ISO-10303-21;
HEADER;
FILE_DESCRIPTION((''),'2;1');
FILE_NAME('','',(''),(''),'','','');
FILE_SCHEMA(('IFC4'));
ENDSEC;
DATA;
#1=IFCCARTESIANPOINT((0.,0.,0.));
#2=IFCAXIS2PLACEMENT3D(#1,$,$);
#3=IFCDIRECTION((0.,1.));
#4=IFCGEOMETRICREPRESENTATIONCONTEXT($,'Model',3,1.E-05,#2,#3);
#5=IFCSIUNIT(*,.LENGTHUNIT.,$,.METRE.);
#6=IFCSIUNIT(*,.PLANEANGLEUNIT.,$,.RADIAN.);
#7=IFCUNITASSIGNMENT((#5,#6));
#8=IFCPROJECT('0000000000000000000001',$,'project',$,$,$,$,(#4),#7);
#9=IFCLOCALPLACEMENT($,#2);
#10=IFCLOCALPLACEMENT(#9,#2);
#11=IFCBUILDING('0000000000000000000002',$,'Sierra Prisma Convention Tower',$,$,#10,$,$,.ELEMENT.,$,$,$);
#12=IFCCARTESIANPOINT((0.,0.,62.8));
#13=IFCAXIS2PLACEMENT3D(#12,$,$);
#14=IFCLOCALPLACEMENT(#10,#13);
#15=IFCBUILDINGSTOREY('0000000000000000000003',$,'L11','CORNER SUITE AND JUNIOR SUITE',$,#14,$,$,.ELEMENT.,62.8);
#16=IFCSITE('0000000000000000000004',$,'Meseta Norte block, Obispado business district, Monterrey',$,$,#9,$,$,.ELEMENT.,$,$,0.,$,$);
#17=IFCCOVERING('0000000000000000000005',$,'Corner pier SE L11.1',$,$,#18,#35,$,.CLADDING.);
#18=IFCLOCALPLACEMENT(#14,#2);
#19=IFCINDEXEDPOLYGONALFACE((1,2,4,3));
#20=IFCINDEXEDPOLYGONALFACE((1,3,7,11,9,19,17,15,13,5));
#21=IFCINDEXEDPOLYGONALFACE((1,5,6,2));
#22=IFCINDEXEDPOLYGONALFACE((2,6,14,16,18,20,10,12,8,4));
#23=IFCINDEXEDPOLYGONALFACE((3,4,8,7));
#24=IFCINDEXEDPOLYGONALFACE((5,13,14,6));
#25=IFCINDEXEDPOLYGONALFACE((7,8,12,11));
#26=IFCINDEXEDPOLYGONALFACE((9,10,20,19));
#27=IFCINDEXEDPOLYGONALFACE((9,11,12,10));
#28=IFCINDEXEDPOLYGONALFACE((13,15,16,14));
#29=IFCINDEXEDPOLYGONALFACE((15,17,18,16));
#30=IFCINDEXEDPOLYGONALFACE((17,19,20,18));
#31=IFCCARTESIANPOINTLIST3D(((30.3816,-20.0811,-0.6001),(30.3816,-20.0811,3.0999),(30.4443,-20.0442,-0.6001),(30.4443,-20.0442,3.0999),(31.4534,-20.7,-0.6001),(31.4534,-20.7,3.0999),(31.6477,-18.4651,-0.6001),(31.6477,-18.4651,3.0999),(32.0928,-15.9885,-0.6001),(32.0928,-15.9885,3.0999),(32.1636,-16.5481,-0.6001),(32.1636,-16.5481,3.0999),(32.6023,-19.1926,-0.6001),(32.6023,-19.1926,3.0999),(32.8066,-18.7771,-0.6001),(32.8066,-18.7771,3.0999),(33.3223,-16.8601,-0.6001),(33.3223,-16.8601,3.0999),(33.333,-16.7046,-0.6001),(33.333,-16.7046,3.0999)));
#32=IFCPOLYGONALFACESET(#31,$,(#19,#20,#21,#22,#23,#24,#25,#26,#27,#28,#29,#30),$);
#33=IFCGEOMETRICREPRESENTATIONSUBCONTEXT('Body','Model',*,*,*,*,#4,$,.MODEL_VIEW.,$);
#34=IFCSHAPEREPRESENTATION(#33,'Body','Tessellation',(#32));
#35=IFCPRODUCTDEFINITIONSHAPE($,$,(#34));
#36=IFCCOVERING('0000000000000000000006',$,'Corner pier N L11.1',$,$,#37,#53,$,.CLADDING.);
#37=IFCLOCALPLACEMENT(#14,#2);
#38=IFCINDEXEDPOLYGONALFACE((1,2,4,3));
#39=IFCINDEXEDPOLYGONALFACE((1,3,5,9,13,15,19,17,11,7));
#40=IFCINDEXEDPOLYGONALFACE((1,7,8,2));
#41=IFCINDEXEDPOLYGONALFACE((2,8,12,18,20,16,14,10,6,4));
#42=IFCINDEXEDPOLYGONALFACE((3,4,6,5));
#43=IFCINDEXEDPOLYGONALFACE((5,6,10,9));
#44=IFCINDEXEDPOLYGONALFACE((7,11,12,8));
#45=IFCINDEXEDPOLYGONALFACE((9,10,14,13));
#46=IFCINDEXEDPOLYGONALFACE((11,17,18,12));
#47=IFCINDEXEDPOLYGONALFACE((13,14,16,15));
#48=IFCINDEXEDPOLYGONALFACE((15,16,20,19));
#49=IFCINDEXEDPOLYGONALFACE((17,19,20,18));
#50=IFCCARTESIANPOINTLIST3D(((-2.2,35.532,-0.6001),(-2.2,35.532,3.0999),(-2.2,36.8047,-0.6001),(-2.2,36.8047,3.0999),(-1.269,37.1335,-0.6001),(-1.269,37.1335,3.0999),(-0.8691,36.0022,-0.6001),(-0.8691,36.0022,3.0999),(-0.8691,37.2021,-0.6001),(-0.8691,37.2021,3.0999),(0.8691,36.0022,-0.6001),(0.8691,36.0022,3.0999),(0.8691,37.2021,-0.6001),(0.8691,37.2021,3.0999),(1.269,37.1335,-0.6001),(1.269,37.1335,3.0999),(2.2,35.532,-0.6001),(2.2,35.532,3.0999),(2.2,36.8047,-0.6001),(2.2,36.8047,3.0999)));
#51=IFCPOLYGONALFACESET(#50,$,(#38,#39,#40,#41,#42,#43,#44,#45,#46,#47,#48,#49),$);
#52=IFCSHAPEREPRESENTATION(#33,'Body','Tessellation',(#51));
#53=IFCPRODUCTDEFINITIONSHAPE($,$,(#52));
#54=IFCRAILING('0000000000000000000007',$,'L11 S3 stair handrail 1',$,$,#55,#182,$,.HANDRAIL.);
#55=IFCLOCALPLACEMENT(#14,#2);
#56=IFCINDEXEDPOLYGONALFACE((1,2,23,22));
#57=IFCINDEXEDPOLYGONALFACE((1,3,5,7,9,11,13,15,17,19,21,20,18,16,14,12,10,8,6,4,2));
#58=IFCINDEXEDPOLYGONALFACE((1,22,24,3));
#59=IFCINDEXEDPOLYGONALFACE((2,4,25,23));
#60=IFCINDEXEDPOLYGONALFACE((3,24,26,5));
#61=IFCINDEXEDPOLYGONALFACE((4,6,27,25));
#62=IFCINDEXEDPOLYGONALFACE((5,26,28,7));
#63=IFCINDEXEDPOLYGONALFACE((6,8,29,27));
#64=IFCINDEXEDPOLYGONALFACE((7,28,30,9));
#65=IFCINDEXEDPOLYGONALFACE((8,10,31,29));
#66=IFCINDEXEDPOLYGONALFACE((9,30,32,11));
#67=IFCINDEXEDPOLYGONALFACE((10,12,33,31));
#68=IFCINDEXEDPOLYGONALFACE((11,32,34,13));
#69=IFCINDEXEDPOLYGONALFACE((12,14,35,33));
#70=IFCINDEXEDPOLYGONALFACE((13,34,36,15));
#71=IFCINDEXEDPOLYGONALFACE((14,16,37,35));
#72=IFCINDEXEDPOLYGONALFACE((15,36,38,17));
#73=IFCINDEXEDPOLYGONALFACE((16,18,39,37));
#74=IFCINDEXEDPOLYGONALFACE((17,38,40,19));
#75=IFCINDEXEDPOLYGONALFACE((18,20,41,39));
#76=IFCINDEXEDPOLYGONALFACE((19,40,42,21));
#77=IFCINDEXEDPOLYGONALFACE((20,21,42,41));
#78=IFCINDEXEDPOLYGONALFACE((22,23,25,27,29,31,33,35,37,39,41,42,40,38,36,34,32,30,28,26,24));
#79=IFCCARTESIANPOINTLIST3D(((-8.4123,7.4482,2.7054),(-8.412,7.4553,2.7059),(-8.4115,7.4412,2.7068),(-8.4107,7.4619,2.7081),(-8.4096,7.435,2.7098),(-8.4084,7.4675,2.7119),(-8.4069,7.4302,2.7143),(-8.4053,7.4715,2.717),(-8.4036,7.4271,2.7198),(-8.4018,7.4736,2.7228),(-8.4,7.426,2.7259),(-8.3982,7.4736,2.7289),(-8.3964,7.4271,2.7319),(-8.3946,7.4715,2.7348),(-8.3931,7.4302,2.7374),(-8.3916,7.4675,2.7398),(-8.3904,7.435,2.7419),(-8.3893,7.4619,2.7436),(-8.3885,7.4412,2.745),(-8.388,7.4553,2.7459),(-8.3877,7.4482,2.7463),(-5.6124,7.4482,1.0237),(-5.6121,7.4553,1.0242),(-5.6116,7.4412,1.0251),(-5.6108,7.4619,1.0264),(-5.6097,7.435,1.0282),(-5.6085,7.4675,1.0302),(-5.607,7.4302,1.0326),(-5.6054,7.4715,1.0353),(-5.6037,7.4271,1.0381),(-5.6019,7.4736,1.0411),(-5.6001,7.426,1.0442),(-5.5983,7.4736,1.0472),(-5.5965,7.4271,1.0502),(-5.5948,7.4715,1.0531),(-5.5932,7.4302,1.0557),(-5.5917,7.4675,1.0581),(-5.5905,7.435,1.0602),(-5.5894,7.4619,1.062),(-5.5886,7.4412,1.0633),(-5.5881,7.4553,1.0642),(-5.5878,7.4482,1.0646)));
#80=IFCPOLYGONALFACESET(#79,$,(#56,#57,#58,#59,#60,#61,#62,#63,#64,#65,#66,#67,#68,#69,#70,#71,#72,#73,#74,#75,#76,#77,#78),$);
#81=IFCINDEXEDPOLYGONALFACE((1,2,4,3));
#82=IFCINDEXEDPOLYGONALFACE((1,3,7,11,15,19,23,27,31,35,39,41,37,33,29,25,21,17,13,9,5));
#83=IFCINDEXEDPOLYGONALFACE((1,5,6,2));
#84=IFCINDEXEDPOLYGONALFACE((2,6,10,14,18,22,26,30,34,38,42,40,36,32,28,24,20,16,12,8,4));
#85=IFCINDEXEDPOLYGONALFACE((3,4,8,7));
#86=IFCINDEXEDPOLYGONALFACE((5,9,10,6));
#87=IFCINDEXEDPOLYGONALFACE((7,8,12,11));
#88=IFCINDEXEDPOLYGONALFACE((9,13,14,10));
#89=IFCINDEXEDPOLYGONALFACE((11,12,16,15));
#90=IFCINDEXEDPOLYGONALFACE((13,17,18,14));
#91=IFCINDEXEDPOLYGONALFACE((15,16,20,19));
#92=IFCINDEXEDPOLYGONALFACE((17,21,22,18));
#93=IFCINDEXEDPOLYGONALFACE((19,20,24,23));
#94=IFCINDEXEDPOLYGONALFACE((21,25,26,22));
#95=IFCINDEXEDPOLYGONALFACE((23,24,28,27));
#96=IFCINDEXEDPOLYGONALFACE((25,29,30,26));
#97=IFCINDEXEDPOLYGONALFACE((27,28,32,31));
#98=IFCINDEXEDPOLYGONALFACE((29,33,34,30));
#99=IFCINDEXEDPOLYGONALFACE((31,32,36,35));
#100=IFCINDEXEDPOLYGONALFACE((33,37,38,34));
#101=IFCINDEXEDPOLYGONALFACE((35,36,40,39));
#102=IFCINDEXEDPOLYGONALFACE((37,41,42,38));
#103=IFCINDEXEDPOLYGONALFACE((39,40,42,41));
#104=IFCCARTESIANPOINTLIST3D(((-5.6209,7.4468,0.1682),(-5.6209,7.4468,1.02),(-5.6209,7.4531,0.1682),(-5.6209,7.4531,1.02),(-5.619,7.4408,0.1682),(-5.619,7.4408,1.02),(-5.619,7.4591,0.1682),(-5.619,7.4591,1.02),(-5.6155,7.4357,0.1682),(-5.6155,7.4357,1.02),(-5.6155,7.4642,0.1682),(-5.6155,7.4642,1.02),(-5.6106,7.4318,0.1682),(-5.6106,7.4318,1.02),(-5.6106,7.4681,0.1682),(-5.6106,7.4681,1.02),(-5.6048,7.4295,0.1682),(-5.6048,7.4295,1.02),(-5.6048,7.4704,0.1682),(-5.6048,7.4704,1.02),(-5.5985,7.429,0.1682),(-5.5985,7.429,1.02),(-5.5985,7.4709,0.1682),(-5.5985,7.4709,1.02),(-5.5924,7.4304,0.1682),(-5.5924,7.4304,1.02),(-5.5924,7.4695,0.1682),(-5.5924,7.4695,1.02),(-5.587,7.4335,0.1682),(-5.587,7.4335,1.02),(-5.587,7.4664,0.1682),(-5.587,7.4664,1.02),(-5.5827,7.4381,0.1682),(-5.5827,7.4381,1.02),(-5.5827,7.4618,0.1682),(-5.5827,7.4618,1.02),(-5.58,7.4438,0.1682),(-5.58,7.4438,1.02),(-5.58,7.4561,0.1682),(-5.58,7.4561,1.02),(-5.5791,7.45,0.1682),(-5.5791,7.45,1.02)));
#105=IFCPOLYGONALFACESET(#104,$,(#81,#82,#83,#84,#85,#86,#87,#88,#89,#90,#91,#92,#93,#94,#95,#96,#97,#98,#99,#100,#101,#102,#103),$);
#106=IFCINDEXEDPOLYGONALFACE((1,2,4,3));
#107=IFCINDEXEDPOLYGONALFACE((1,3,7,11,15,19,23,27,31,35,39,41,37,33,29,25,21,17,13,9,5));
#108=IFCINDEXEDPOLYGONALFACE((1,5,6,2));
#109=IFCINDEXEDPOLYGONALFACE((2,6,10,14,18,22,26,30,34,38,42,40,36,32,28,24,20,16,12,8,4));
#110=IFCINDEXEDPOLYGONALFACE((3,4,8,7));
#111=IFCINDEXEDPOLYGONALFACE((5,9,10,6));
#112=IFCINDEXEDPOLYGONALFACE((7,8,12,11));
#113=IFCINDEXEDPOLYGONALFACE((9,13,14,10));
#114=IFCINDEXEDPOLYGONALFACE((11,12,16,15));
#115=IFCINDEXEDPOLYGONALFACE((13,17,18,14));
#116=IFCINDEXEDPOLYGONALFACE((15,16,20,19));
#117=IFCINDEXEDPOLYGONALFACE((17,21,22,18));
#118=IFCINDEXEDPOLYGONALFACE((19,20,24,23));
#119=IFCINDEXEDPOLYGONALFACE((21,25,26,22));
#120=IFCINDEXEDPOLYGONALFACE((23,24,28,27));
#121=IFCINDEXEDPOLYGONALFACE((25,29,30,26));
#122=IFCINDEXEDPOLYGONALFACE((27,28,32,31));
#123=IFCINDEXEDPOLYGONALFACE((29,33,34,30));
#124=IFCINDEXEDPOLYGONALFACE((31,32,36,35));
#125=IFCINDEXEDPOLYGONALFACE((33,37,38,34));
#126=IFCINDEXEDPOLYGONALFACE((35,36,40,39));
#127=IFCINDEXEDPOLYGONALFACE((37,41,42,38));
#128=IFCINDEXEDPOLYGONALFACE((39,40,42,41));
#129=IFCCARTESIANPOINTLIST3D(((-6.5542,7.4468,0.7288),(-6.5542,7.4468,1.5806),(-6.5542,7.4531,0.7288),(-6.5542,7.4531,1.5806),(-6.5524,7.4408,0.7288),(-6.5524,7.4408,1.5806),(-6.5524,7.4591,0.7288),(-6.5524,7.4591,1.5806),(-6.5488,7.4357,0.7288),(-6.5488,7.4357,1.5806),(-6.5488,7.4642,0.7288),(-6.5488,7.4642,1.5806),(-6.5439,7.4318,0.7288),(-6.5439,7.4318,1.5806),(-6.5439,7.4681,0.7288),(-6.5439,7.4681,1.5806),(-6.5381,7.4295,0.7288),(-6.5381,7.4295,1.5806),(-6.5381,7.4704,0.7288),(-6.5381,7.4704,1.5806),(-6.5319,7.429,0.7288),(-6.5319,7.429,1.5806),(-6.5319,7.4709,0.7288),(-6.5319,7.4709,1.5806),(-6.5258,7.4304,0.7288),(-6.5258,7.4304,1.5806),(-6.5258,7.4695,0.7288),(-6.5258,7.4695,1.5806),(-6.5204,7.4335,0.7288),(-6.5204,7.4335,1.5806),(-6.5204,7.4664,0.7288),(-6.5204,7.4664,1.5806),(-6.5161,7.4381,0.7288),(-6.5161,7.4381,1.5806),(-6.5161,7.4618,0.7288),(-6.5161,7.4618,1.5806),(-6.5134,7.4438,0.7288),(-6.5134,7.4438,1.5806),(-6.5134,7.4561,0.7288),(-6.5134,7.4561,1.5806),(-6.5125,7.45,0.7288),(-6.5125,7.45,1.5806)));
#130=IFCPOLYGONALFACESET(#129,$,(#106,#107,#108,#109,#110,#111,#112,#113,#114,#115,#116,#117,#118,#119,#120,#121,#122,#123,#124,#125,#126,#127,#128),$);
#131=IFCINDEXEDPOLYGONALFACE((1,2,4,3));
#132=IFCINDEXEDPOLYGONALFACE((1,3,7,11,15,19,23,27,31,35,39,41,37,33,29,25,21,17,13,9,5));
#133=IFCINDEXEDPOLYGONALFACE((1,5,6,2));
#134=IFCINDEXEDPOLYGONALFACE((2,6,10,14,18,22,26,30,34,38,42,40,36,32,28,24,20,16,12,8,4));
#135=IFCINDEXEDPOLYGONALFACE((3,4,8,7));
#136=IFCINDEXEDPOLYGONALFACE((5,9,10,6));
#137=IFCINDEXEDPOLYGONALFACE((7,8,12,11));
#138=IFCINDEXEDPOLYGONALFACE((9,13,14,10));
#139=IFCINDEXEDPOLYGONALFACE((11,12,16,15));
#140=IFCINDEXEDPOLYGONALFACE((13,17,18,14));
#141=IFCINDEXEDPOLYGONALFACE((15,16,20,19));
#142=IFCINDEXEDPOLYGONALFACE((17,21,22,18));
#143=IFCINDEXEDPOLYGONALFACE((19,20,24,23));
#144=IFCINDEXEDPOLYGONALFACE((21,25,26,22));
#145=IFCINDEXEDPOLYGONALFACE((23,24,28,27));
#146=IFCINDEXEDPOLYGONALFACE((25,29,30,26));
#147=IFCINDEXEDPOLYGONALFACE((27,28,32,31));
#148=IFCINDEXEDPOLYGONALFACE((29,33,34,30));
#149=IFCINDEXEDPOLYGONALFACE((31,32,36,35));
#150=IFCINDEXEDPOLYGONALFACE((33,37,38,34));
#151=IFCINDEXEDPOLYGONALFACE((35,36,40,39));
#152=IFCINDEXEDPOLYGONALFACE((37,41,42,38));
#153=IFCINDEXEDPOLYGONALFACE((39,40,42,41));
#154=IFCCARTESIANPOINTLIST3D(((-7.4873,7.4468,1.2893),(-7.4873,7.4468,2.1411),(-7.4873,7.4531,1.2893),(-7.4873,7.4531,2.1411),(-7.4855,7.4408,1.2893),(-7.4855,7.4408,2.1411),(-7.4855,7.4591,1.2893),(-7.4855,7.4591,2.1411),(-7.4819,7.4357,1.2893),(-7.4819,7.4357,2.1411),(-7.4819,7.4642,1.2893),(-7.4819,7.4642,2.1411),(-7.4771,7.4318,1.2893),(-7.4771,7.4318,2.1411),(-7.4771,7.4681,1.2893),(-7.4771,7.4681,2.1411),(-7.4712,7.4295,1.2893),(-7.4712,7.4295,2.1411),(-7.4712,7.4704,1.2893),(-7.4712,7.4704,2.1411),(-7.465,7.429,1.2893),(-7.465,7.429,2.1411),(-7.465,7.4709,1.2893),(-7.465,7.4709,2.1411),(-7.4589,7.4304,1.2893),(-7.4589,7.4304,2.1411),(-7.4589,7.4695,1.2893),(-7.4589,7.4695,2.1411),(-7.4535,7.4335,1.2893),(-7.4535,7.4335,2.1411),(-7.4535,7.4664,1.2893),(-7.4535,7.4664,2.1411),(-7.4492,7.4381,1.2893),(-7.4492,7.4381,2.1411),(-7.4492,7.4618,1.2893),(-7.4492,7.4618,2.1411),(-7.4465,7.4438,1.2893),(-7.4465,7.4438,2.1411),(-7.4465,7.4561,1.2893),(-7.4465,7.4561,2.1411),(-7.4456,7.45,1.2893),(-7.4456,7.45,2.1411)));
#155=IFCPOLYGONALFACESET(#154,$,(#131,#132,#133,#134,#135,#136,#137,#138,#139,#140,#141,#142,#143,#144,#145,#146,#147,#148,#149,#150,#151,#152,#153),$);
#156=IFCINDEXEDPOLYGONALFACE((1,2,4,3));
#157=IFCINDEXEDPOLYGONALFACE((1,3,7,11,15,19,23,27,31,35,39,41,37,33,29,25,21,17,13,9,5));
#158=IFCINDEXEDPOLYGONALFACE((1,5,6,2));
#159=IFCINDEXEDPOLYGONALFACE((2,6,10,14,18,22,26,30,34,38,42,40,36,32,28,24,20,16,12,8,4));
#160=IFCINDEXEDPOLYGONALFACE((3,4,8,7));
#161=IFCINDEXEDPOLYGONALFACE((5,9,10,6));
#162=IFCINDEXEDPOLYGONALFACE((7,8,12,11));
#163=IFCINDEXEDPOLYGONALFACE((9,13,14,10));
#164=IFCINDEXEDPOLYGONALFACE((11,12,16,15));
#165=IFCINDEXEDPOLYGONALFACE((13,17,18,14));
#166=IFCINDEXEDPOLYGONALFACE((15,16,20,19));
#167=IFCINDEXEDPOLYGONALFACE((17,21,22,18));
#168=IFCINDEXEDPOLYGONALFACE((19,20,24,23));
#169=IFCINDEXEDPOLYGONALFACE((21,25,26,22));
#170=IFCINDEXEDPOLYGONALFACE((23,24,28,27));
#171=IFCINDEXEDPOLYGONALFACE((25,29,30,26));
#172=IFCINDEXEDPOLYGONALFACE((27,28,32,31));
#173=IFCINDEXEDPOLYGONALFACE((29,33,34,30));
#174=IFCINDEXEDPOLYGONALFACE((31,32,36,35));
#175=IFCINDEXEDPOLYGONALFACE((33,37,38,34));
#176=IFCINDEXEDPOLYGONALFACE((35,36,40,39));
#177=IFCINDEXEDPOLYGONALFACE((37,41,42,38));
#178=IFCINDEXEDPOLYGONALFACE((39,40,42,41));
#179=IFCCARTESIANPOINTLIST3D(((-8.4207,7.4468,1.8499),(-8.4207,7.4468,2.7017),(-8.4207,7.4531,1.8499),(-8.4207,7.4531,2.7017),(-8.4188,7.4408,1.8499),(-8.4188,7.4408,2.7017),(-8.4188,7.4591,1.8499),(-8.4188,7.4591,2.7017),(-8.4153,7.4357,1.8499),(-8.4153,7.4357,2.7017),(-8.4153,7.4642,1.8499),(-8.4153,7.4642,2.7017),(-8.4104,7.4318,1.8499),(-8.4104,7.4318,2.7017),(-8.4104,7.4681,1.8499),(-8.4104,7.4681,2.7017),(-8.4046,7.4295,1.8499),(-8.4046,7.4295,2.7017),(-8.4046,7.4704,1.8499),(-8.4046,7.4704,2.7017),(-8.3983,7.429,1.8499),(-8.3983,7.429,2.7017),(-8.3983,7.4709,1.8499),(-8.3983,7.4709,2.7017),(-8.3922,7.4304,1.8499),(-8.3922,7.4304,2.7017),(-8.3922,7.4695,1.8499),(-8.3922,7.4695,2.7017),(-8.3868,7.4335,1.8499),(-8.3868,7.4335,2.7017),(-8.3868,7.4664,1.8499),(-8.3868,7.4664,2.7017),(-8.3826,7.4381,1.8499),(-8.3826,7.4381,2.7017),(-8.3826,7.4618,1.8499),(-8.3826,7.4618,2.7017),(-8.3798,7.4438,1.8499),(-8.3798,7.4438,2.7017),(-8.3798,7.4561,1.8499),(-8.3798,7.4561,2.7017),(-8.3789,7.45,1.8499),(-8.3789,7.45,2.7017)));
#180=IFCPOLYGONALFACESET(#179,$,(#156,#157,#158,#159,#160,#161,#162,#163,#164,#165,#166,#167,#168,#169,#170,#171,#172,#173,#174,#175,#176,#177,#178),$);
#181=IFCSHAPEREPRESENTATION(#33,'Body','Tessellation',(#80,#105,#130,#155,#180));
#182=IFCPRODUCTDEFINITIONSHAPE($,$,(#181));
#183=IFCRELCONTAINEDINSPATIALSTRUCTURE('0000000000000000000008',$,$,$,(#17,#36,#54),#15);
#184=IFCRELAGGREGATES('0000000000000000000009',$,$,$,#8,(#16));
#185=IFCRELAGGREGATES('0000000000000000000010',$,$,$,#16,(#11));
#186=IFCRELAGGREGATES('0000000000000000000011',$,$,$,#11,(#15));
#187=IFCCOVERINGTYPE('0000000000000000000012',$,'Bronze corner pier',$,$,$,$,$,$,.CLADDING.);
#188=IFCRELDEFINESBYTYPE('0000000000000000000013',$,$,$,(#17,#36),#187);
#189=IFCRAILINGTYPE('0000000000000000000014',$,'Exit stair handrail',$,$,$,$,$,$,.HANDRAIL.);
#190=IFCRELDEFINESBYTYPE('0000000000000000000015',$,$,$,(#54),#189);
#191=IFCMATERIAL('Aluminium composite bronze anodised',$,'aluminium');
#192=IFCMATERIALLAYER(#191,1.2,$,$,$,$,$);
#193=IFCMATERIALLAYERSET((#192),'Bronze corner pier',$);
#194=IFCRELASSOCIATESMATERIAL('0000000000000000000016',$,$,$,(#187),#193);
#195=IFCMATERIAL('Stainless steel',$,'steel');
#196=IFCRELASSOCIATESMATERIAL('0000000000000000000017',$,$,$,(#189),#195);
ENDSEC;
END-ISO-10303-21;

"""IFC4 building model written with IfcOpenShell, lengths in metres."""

from ifc_helpers import new_model, si_unit, direction, frame, origin, origin_2d, place, context, subcontext, project, spatial, polyline, circle, outline, extrude, material, layer, layer_set, type_object, element, save


model = new_model("IFC4")

# Units and contexts
model_context = context("Model", 3, precision=1e-05, world=origin(), true_north=direction((0.0, 1.0)))
body_context = subcontext(model_context, "Body", "Model", "MODEL_VIEW")
ifc_project = project(units=[si_unit("LENGTHUNIT", "METRE"), si_unit("PLANEANGLEUNIT", "RADIAN")], contexts=[model_context])

# Site, building, storey
site_placement = place(None, origin())
site = spatial("IfcSite", under=ifc_project, at=site_placement, Name="Meseta Norte block, Obispado business district, Monterrey", CompositionType="ELEMENT", RefElevation=0.0)
building_placement = place(site_placement, origin())
building = spatial("IfcBuilding", under=site, at=building_placement, Name="Sierra Prisma Convention Tower", CompositionType="ELEMENT")
storey_placement = place(building_placement, frame((0.0, 0.0, 62.8)))
storey = spatial("IfcBuildingStorey", under=building, at=storey_placement, Name="L11", Description="CORNER SUITE AND JUNIOR SUITE", CompositionType="ELEMENT", Elevation=62.8)

# Coverings
ifc_material_1 = material(Name="Aluminium composite bronze anodised", Category="aluminium")
ifc_layer_1 = layer(ifc_material_1, 1.2)
ifc_layer_set_1 = layer_set([ifc_layer_1], Name="Bronze corner pier")
covering_type = type_object("IfcCoveringType", Name="Bronze corner pier", PredefinedType="CLADDING", material=ifc_layer_set_1)
covering_1_placement = place(storey_placement, frame((0.0, 0.0, -0.6001)))
element("IfcCovering", 1, at=covering_1_placement, inside=storey, type_object=covering_type, Name="Corner pier SE L11.1", PredefinedType="CLADDING", context=body_context, shape_type="SweptSolid", body=[
    extrude(outline(polyline([(33.3223, -16.8601), (32.8066, -18.7771), (32.6023, -19.1926), (31.4534, -20.7), (30.3816, -20.0811), (30.4443, -20.0442), (31.6477, -18.4651), (32.1636, -16.5481), (32.0928, -15.9885), (33.333, -16.7046), (33.3223, -16.8601)])), origin(), (0.0, 0.0, 1.0), 3.7),
])
covering_2_placement = place(storey_placement, frame((0.0, 0.0, -0.6001)))
element("IfcCovering", 2, at=covering_2_placement, inside=storey, type_object=covering_type, Name="Corner pier N L11.1", PredefinedType="CLADDING", context=body_context, shape_type="SweptSolid", body=[
    extrude(outline(polyline([(-1.269, 37.1335), (-0.8691, 37.2021), (0.8691, 37.2021), (1.269, 37.1335), (2.2, 36.8047), (2.2, 35.532), (0.8691, 36.0022), (-0.8691, 36.0022), (-2.2, 35.532), (-2.2, 36.8047), (-1.269, 37.1335)])), origin(), (0.0, 0.0, 1.0), 3.7),
])

# Railing
ifc_material_2 = material(Name="Stainless steel", Category="steel")
railing_type_1 = type_object("IfcRailingType", Name="Exit stair handrail", PredefinedType="HANDRAIL", material=ifc_material_2)
railing_1_placement = place(storey_placement, frame((-5.6001, 7.45, 0.1682)))
element("IfcRailing", 3, at=railing_1_placement, inside=storey, type_object=railing_type_1, Name="L11 S3 stair handrail 1", PredefinedType="HANDRAIL", context=body_context, shape_type="SweptSolid", body=[
    extrude(circle(Radius=0.0239, at=origin_2d()), frame((0.0, 0.0, 0.876), z_axis=(-0.857255, 0.0, 0.514891), x_axis=(0.0, -1.0, 0.0)), (0.0, 0.0, 1.0), 3.2661),
    extrude(circle(Radius=0.021, at=origin_2d()), origin(), (0.0, 0.0, 1.0), 0.8518),
    extrude(circle(Radius=0.021, at=origin_2d()), frame((-0.9333, 0.0, 0.5605)), (0.0, 0.0, 1.0), 0.8518),
    extrude(circle(Radius=0.021, at=origin_2d()), frame((-1.8665, 0.0, 1.1211)), (0.0, 0.0, 1.0), 0.8518),
    extrude(circle(Radius=0.021, at=origin_2d()), frame((-2.7998, 0.0, 1.6816)), (0.0, 0.0, 1.0), 0.8518),
])

save(model, "model.ifc")
